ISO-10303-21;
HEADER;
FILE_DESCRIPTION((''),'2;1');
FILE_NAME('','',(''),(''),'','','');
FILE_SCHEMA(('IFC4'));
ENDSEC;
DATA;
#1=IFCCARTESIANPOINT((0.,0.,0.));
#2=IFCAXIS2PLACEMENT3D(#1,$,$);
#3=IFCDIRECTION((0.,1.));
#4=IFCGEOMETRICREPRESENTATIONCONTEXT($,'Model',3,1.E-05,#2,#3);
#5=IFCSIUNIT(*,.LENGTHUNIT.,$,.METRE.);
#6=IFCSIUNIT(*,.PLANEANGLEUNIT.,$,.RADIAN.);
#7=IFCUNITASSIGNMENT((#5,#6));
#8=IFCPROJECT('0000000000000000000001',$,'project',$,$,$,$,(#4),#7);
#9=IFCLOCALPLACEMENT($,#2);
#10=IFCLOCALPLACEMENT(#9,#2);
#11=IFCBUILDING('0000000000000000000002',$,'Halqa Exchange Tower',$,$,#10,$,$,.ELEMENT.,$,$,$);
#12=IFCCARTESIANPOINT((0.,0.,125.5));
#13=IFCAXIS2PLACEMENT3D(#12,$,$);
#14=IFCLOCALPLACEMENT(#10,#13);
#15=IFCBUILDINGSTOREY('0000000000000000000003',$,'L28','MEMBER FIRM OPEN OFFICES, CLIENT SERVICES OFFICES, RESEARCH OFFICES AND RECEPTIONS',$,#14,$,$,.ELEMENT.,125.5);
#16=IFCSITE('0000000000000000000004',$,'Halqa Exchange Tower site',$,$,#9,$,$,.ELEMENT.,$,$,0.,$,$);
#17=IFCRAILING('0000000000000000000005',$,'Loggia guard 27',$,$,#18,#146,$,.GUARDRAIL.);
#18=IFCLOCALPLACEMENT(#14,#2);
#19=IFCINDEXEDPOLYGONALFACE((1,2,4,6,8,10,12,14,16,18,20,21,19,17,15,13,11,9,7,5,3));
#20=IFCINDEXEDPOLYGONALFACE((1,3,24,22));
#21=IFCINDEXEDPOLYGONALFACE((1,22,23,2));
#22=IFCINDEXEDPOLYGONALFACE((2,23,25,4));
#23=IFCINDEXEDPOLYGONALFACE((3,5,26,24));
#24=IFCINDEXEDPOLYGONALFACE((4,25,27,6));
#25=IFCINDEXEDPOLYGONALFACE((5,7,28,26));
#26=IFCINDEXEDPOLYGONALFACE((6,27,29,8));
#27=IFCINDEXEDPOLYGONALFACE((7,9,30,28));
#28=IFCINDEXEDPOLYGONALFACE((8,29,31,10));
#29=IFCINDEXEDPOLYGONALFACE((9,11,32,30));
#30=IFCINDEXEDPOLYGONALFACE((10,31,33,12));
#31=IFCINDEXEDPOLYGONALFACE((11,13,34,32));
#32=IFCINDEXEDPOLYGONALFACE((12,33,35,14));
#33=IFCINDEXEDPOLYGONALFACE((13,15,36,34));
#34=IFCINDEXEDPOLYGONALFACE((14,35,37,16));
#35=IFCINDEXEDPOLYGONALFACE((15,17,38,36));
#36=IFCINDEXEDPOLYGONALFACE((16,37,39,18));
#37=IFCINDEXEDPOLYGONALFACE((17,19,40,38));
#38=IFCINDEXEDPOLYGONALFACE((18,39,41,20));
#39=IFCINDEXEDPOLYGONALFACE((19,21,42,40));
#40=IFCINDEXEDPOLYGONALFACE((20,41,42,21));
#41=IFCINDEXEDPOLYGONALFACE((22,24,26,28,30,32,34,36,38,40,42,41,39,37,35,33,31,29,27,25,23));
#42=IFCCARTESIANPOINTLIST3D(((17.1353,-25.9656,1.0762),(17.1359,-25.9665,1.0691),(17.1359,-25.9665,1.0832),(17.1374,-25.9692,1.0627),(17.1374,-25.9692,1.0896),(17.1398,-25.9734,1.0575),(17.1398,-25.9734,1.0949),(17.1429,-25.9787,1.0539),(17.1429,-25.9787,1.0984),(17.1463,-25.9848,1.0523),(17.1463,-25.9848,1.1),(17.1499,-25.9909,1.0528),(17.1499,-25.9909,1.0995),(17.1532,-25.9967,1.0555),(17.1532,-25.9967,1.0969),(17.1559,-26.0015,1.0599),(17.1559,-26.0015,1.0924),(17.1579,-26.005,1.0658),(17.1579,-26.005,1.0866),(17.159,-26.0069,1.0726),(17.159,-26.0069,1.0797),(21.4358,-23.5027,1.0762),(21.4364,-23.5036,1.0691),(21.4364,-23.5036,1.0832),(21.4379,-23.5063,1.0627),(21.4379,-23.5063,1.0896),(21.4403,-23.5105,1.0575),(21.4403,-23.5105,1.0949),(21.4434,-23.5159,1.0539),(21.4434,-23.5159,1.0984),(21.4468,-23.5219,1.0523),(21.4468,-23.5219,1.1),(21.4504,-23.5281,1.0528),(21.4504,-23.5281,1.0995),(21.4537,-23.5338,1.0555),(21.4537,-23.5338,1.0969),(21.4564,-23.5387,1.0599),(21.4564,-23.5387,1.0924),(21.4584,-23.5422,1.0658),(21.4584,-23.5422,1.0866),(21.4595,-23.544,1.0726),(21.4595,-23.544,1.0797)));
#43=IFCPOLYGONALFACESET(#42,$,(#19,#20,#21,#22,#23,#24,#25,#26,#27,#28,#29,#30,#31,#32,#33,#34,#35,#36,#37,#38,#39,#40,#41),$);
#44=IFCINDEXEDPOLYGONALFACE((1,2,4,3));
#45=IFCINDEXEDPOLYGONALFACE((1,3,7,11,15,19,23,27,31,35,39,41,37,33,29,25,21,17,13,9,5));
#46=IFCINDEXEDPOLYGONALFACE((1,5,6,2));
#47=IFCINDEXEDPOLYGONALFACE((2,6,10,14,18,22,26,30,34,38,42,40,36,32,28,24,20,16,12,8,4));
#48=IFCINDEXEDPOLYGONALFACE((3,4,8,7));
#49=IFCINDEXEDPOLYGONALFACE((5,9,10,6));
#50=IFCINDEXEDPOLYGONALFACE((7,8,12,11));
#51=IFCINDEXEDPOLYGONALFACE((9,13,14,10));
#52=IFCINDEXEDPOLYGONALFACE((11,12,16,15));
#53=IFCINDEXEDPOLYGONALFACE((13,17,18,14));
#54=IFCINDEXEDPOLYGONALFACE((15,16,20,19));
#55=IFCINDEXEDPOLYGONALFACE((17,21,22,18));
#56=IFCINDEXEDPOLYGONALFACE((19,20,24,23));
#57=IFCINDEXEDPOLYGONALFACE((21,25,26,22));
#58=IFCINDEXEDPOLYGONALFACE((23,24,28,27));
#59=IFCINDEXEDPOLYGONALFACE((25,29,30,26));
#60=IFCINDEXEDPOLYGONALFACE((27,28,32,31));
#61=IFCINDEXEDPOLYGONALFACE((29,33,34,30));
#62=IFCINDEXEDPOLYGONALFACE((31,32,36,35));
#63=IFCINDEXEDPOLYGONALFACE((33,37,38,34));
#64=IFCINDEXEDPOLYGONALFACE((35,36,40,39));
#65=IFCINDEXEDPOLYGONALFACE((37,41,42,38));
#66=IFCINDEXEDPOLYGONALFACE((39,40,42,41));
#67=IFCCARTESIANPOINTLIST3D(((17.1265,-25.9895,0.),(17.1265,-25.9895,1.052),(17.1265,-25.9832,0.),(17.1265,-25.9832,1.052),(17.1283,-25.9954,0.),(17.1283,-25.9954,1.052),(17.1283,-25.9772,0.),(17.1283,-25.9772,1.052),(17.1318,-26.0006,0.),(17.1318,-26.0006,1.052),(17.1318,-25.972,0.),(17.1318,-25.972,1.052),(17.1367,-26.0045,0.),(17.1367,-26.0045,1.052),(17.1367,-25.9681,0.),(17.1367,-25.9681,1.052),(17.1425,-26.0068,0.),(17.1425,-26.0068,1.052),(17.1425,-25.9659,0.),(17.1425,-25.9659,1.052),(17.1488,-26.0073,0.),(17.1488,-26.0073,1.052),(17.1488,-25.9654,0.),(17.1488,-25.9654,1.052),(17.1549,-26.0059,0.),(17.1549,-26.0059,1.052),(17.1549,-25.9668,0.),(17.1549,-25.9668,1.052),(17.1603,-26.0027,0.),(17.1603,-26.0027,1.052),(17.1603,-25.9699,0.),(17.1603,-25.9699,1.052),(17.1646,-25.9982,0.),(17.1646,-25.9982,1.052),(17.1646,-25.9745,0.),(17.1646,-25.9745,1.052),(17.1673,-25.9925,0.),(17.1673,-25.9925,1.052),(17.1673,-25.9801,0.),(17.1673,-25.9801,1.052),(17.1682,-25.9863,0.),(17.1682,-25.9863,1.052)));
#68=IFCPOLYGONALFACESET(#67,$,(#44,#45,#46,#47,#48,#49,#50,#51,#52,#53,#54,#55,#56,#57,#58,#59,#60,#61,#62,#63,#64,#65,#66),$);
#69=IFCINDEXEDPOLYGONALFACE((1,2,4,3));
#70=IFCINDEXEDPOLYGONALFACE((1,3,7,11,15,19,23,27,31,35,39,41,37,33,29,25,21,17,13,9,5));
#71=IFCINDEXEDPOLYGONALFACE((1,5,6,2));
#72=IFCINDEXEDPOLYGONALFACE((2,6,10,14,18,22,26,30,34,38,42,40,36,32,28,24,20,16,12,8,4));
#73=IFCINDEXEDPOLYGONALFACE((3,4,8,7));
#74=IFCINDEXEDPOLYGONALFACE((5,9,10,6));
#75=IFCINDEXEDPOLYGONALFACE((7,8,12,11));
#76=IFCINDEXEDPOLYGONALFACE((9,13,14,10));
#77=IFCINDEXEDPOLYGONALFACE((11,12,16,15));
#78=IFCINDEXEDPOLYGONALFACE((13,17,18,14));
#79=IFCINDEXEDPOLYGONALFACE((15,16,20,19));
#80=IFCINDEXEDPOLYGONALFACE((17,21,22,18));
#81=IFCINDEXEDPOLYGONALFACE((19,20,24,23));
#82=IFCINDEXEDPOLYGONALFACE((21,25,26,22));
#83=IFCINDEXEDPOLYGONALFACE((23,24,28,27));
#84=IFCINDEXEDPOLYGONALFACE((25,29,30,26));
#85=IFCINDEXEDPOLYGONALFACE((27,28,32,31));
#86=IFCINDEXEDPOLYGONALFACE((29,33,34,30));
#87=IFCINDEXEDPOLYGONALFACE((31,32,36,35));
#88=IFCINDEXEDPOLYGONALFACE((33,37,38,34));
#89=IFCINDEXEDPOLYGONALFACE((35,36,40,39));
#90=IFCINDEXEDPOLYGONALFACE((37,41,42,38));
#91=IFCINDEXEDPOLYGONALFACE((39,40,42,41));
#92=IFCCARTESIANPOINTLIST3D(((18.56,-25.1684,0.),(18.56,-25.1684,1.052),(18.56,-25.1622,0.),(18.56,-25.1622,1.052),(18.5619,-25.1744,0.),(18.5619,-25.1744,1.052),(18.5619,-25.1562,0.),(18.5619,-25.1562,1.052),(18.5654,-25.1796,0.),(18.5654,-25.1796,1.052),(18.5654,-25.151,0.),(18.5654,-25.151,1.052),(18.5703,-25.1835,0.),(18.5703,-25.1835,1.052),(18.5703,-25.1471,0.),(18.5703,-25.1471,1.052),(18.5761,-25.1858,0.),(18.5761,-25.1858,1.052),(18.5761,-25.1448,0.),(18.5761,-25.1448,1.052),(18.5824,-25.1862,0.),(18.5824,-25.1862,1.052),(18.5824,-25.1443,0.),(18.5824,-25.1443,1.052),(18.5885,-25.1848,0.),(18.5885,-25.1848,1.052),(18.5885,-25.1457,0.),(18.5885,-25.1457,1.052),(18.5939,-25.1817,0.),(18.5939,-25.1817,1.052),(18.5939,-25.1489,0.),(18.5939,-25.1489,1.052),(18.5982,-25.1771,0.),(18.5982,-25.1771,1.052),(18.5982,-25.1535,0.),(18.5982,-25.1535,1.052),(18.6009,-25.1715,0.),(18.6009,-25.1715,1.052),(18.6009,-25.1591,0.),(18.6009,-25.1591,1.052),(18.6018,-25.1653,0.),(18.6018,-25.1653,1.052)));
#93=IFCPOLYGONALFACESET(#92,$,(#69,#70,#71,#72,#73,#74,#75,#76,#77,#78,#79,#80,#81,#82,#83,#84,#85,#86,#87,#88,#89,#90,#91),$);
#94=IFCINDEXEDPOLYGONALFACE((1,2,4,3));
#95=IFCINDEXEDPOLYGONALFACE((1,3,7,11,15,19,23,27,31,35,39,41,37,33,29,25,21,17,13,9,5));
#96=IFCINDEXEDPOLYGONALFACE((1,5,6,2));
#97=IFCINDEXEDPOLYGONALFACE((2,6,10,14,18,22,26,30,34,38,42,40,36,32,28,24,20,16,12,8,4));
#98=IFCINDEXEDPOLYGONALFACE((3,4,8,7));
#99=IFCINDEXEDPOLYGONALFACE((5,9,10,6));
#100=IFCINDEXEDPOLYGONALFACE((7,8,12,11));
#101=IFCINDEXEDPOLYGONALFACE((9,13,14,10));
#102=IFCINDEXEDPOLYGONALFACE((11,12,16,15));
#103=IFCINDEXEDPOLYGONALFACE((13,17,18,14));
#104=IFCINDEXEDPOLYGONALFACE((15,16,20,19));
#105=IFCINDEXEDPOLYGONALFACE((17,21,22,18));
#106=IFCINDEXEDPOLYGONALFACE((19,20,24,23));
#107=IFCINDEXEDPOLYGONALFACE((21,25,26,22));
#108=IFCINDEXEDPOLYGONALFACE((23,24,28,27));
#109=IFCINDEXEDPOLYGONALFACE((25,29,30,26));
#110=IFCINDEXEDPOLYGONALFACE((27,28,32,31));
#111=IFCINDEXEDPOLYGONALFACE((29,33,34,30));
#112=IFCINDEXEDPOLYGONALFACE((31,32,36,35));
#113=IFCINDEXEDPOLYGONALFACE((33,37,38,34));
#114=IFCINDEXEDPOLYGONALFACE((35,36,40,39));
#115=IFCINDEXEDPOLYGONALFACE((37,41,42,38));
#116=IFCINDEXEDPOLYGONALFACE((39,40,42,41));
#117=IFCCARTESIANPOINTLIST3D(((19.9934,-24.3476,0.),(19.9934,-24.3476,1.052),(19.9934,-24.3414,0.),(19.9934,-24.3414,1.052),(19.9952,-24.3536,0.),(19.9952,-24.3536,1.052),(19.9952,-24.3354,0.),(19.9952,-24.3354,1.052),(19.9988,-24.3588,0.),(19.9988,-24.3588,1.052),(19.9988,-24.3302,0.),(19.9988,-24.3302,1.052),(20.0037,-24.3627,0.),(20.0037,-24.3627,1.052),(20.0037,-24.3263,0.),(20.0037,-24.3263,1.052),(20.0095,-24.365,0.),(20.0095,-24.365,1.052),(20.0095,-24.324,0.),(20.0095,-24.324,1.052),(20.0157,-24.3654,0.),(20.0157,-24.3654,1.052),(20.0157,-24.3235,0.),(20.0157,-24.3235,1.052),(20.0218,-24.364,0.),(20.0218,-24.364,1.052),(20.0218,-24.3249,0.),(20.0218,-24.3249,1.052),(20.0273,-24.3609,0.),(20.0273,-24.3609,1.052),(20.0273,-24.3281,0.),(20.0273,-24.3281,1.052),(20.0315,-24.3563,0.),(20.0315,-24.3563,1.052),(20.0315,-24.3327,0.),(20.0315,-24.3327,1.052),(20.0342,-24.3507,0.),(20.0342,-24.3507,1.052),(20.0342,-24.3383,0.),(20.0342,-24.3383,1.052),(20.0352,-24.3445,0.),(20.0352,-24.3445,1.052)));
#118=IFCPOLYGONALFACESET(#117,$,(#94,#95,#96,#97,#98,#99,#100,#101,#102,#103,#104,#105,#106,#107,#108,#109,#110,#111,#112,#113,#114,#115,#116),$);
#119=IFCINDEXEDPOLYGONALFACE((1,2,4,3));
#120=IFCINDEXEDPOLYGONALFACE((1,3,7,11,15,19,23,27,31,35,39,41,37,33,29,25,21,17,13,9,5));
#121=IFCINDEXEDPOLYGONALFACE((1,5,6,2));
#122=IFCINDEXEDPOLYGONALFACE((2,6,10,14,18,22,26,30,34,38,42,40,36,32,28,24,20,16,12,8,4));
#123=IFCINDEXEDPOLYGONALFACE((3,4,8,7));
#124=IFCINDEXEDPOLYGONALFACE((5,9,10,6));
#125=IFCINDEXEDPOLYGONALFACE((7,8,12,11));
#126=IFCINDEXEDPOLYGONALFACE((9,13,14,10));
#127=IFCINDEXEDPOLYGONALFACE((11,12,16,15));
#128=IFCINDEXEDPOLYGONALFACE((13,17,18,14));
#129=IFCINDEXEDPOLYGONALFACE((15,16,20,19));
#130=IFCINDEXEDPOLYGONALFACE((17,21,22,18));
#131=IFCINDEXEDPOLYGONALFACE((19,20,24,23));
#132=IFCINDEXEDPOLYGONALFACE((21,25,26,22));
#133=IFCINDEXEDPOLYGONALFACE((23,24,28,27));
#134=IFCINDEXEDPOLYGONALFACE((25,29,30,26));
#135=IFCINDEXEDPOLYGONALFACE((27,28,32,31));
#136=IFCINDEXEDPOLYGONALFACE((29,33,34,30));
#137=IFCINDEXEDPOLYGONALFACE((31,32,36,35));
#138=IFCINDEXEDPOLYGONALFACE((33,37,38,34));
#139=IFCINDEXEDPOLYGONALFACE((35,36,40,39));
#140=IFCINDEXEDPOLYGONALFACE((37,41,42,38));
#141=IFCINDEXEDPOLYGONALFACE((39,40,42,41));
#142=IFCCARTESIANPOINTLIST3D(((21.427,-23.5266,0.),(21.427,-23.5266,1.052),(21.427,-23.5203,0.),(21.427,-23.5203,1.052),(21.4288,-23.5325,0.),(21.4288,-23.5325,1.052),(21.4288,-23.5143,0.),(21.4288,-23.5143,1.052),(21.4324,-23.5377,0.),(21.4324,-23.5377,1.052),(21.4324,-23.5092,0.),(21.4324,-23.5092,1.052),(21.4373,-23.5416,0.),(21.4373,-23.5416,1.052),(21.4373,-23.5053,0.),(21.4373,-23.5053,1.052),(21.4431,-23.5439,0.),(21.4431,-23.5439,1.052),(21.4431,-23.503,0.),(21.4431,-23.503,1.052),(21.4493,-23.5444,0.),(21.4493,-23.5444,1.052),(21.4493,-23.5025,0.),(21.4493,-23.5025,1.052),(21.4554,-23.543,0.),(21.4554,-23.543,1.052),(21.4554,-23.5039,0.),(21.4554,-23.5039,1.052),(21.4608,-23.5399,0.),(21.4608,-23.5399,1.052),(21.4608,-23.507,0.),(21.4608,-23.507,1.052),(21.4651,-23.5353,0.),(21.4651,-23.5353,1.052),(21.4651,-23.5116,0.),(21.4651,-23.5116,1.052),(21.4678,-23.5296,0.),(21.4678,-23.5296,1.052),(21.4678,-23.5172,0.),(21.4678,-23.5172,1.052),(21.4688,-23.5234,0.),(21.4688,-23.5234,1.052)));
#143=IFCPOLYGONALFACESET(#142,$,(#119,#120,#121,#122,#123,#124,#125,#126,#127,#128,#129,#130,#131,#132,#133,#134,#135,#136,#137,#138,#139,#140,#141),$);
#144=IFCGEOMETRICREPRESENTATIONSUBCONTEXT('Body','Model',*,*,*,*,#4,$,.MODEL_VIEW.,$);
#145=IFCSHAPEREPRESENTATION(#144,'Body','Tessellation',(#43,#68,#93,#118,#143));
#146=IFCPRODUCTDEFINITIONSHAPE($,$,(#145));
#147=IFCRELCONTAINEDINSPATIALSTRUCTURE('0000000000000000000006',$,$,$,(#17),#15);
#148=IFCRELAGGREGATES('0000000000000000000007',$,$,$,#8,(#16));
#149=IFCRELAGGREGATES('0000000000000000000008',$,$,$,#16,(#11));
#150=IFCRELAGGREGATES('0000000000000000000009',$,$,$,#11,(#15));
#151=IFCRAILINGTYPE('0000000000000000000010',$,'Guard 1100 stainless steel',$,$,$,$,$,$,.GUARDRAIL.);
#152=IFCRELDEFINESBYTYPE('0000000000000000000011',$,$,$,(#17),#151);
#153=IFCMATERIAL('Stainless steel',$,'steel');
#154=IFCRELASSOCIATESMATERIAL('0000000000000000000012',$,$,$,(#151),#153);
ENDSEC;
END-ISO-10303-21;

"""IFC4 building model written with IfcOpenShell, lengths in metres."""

from ifc_helpers import new_model, si_unit, direction, frame, origin, origin_2d, place, context, subcontext, project, spatial, circle, extrude, material, type_object, element, save


model = new_model("IFC4")

# Units and contexts
model_context = context("Model", 3, precision=1e-05, world=origin(), true_north=direction((0.0, 1.0)))
body_context = subcontext(model_context, "Body", "Model", "MODEL_VIEW")
ifc_project = project(units=[si_unit("LENGTHUNIT", "METRE"), si_unit("PLANEANGLEUNIT", "RADIAN")], contexts=[model_context])

# Site, building, storey
site_placement = place(None, origin())
site = spatial("IfcSite", under=ifc_project, at=site_placement, Name="Halqa Exchange Tower site", CompositionType="ELEMENT", RefElevation=0.0)
building_placement = place(site_placement, origin())
building = spatial("IfcBuilding", under=site, at=building_placement, Name="Halqa Exchange Tower", CompositionType="ELEMENT")
storey_placement = place(building_placement, frame((0.0, 0.0, 125.5)))
storey = spatial("IfcBuildingStorey", under=building, at=storey_placement, Name="L28", Description="MEMBER FIRM OPEN OFFICES, CLIENT SERVICES OFFICES, RESEARCH OFFICES AND RECEPTIONS", CompositionType="ELEMENT", Elevation=125.5)

# Railing
ifc_material_1 = material(Name="Stainless steel", Category="steel")
railing_type = type_object("IfcRailingType", Name="Guard 1100 stainless steel", PredefinedType="GUARDRAIL", material=ifc_material_1)
railing_1_placement = place(storey_placement, frame((17.1472, -25.9863, 0.0)))
element("IfcRailing", 1, at=railing_1_placement, inside=storey, type_object=railing_type, Name="Loggia guard 27", PredefinedType="GUARDRAIL", context=body_context, shape_type="SweptSolid", body=[
    extrude(circle(Radius=0.0239, at=origin_2d()), frame((0.0, 0.0, 1.0762), z_axis=(0.86777, 0.496966, 0.0), x_axis=(-0.496966, 0.86777, 0.0)), (0.0, 0.0, 1.0), 4.9558),
    extrude(circle(Radius=0.021, at=origin_2d()), origin(), (0.0, 0.0, 1.0), 1.052),
    extrude(circle(Radius=0.021, at=origin_2d()), frame((1.4336, 0.821, 0.0)), (0.0, 0.0, 1.0), 1.052),
    extrude(circle(Radius=0.021, at=origin_2d()), frame((2.8669, 1.6418, 0.0)), (0.0, 0.0, 1.0), 1.052),
    extrude(circle(Radius=0.021, at=origin_2d()), frame((4.3005, 2.4629, 0.0)), (0.0, 0.0, 1.0), 1.052),
])

save(model, "model.ifc")
